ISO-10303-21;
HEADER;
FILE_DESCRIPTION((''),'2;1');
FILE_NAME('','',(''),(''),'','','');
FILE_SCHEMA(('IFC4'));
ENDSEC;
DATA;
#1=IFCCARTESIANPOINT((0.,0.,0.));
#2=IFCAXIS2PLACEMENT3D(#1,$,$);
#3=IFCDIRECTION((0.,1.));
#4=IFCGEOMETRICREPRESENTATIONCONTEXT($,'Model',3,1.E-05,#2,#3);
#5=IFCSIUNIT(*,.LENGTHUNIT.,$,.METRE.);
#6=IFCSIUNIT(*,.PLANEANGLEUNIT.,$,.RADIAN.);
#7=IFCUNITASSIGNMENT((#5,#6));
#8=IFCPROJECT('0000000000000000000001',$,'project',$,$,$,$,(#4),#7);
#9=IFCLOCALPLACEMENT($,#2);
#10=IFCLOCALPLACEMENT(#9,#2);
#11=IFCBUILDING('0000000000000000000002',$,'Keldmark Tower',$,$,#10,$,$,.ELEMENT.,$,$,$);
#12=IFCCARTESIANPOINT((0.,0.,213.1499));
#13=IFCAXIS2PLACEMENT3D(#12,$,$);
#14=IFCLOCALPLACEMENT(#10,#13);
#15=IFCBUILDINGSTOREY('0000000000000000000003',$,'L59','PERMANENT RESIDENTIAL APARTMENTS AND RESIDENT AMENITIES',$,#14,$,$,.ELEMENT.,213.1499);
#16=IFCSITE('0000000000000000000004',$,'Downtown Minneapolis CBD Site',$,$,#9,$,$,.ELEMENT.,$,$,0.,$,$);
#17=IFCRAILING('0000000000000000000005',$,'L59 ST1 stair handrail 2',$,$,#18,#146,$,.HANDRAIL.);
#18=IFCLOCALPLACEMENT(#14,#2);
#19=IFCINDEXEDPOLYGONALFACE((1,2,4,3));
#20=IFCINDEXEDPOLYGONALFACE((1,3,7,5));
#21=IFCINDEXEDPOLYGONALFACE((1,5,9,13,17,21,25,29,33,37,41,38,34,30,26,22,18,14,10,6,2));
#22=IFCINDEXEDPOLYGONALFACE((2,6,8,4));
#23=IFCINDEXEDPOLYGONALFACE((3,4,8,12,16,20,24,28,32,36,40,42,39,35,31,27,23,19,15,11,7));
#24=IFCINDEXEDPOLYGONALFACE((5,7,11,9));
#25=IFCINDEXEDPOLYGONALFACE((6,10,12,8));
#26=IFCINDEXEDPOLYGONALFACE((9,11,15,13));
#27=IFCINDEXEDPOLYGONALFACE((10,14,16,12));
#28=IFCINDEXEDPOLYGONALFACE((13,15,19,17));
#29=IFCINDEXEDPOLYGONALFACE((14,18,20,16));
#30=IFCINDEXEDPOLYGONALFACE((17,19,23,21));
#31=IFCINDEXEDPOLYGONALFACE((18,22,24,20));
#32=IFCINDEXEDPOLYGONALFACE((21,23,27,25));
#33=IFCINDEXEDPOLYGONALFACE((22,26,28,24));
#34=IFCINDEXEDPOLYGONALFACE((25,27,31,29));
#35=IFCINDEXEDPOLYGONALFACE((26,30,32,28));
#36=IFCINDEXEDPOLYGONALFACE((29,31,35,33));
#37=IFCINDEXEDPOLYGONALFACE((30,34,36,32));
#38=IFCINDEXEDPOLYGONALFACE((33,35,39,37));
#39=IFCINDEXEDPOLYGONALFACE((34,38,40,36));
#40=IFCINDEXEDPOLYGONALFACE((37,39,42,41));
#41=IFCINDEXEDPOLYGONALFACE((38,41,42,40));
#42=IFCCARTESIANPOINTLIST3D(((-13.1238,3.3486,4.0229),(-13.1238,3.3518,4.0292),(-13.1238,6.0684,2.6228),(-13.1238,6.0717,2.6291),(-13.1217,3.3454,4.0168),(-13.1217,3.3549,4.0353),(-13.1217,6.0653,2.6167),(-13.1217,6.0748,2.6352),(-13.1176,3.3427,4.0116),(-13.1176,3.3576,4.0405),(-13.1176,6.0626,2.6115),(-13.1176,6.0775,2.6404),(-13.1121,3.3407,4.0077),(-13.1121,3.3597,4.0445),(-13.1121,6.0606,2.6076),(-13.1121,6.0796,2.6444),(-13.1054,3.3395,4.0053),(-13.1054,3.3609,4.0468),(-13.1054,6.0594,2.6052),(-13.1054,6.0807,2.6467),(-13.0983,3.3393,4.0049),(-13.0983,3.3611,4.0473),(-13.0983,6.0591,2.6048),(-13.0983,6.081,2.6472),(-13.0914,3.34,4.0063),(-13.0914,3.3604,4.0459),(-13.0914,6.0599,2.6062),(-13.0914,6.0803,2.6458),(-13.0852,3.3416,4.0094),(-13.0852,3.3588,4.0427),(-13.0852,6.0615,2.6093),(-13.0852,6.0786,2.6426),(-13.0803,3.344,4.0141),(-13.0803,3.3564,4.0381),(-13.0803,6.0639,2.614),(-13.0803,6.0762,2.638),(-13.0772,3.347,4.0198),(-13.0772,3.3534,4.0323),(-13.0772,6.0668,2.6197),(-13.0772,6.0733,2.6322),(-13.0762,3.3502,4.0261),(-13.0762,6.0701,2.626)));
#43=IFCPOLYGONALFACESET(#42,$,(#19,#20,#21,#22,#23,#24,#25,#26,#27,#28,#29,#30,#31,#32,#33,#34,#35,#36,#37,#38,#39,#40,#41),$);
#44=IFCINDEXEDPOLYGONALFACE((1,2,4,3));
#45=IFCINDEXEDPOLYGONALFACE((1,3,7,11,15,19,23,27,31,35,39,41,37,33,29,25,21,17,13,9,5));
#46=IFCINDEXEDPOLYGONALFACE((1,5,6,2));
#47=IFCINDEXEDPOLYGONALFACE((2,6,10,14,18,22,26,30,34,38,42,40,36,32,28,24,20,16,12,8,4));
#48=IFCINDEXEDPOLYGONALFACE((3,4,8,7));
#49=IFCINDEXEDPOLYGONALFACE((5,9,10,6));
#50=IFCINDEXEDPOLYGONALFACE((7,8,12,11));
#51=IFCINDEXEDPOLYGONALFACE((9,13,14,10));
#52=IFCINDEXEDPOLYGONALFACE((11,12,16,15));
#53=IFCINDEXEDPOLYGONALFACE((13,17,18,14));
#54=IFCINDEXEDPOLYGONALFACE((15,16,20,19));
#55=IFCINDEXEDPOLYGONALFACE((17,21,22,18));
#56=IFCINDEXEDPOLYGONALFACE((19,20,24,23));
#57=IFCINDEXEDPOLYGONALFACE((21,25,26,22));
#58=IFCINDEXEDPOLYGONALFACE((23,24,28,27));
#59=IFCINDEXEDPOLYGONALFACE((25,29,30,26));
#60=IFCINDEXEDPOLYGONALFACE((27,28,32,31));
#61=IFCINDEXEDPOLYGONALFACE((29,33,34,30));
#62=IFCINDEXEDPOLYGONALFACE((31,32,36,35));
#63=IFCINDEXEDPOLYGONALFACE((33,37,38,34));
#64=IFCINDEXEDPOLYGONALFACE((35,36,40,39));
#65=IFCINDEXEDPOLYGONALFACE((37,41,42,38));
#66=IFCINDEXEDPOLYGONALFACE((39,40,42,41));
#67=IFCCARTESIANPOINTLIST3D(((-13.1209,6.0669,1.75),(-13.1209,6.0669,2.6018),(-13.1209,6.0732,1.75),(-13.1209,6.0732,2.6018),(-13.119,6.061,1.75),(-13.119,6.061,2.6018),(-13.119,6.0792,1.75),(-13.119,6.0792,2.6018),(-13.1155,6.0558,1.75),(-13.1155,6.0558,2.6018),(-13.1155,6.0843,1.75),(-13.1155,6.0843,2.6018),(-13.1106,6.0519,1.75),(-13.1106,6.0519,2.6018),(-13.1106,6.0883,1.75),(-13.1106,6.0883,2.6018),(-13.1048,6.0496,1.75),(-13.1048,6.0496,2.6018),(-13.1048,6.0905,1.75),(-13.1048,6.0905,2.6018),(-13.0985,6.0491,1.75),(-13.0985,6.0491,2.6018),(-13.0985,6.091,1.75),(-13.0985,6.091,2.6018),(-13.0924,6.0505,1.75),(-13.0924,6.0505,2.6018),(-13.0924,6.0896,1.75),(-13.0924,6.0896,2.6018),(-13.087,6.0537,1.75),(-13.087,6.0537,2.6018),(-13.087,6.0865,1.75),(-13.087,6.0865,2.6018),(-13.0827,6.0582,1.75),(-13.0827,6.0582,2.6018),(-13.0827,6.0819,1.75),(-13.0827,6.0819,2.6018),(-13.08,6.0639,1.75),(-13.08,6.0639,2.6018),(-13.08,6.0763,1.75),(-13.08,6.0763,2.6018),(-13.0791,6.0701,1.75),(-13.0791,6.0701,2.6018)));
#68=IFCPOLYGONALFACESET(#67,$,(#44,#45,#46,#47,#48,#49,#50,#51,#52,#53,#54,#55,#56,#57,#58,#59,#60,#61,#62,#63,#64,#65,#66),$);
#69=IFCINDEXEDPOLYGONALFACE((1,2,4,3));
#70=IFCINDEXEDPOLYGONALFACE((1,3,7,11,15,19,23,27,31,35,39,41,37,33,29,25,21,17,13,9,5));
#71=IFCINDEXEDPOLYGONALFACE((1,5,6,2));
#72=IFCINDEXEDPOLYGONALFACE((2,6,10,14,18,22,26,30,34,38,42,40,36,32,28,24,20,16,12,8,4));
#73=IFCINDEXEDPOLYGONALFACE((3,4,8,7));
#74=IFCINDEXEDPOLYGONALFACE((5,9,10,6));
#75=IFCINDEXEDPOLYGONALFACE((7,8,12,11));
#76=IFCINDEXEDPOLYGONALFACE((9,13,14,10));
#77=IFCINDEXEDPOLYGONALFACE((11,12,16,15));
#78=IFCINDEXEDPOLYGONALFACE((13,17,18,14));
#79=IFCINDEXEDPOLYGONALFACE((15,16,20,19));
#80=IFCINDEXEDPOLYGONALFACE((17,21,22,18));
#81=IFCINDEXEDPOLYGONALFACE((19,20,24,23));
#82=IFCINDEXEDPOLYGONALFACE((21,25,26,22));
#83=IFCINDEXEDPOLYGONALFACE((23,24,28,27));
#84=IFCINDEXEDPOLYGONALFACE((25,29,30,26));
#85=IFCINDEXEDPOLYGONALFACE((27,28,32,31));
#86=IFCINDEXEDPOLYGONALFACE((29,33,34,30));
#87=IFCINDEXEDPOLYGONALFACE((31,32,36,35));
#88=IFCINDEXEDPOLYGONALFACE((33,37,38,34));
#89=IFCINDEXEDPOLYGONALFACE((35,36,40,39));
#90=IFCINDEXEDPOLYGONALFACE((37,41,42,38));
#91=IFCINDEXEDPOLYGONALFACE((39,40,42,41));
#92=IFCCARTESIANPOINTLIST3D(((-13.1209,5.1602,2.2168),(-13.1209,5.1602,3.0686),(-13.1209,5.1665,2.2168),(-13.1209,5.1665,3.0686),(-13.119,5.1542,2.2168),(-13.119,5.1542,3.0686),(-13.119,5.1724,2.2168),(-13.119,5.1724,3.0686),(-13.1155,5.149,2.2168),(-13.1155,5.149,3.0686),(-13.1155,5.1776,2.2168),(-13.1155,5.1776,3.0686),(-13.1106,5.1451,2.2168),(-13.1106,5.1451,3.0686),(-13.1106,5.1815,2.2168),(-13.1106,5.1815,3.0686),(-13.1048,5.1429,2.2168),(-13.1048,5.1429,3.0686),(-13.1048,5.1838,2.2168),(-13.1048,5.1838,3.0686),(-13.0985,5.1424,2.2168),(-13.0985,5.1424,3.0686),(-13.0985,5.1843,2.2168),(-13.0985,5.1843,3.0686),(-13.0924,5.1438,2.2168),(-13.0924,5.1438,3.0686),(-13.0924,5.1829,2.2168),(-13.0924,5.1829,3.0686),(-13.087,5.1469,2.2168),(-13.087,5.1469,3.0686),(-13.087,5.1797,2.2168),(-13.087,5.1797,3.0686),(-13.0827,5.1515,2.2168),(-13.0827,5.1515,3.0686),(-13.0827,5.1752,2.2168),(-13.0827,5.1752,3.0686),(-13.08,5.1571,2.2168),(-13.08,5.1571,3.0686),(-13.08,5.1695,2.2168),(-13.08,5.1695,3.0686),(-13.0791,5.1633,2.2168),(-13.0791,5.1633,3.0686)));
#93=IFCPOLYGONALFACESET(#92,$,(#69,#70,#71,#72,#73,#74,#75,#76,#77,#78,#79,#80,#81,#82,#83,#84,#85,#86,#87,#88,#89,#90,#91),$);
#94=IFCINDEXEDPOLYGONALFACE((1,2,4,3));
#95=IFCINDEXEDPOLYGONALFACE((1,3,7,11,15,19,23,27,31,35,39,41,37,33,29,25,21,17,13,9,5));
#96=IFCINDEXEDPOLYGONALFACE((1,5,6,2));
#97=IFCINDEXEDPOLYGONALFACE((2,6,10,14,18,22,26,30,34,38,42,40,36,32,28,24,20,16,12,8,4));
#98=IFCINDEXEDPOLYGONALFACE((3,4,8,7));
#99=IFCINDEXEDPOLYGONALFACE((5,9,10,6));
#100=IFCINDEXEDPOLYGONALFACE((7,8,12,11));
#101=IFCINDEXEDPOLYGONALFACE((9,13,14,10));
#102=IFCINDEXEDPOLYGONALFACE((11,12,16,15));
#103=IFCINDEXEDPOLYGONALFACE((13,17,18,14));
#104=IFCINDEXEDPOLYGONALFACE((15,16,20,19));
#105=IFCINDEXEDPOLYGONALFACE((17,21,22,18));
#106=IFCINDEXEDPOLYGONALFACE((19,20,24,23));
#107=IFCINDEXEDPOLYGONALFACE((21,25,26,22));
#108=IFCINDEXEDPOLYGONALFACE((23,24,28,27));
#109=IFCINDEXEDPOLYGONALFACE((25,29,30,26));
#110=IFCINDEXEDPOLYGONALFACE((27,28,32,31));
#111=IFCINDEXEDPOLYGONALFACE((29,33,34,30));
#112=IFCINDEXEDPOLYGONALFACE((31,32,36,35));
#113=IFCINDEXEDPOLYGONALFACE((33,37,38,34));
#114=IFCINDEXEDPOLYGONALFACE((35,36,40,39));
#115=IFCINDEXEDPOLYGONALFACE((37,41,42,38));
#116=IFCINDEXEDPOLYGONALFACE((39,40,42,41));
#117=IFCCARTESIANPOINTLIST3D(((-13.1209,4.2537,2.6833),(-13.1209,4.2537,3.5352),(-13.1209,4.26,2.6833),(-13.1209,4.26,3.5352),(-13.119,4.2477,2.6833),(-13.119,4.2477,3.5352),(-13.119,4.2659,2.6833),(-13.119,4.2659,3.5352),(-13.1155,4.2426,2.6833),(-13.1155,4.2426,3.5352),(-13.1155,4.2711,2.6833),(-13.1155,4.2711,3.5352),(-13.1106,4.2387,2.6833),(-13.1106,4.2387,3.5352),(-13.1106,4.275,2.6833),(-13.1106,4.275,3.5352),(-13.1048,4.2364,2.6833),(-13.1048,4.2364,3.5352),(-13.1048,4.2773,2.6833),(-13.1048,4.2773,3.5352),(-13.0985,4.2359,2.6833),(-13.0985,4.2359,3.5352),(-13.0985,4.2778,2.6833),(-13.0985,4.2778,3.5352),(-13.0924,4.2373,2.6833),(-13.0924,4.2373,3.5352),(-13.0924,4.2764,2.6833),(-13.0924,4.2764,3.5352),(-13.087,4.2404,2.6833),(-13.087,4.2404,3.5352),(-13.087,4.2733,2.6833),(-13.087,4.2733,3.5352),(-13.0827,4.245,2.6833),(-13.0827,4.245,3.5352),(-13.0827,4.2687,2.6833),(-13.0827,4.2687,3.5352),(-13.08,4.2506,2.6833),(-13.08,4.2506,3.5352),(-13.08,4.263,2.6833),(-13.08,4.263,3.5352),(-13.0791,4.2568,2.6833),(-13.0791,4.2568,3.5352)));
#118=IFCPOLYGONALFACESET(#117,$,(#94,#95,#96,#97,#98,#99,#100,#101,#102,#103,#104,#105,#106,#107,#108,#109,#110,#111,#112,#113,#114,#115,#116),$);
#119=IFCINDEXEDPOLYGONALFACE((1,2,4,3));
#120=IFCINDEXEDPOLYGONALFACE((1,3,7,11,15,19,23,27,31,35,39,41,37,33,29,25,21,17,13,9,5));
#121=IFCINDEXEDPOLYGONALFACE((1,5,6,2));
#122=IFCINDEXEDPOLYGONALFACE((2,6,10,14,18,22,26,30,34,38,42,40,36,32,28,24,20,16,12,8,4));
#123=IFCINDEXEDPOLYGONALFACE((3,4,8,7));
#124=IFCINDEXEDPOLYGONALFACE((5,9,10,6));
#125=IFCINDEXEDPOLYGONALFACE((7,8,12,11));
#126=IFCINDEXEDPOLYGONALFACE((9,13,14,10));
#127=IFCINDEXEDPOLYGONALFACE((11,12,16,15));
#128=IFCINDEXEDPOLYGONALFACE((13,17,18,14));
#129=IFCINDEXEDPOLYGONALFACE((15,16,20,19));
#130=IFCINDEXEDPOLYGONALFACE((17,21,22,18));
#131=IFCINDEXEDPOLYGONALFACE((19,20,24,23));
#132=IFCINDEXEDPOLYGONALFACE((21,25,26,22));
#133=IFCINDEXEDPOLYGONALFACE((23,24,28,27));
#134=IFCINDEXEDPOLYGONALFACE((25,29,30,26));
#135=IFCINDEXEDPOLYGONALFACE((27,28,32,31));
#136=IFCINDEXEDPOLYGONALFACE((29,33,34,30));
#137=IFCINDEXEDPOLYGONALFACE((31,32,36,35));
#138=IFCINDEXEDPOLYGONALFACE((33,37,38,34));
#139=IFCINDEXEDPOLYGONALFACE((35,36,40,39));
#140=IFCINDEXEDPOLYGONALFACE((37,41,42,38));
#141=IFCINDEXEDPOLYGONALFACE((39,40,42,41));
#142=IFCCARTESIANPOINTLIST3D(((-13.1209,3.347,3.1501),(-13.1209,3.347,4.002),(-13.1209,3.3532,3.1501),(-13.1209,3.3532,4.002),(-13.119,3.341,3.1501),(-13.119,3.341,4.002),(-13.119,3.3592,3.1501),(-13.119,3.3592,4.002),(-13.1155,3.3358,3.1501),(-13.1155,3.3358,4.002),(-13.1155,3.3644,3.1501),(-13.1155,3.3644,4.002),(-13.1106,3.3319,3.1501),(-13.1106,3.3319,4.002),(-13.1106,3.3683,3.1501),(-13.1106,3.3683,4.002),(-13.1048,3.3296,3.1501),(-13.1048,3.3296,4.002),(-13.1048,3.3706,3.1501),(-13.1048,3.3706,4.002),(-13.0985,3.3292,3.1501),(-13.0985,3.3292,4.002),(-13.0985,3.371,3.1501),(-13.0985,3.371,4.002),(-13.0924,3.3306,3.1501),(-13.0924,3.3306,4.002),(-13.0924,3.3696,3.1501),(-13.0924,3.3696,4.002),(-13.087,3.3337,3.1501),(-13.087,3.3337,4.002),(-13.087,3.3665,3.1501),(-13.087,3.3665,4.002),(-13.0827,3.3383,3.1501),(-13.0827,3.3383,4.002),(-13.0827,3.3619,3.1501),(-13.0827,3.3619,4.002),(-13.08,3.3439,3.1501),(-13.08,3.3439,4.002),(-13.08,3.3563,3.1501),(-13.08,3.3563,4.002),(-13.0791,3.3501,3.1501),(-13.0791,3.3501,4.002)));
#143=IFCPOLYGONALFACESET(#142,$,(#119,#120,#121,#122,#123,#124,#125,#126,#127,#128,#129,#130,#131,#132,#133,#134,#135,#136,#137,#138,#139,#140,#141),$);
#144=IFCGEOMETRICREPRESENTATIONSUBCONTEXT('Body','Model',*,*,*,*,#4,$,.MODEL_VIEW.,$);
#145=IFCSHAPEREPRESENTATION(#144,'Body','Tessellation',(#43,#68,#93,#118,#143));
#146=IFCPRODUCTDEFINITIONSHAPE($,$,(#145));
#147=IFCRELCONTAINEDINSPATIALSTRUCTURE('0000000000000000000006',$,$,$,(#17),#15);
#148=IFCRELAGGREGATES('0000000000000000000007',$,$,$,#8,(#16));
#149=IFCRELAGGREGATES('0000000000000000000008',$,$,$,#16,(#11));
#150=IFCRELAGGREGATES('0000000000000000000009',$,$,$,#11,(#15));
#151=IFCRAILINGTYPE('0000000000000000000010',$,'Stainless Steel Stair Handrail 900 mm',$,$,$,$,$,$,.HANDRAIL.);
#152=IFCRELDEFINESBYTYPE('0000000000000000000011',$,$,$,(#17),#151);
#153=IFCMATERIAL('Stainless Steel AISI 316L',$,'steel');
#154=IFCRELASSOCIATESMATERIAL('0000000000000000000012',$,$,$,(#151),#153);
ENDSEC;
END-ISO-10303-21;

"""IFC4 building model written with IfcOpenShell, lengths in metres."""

from ifc_helpers import new_model, si_unit, direction, frame, origin, origin_2d, place, context, subcontext, project, spatial, circle, extrude, material, type_object, element, save


model = new_model("IFC4")

# Units and contexts
model_context = context("Model", 3, precision=1e-05, world=origin(), true_north=direction((0.0, 1.0)))
body_context = subcontext(model_context, "Body", "Model", "MODEL_VIEW")
ifc_project = project(units=[si_unit("LENGTHUNIT", "METRE"), si_unit("PLANEANGLEUNIT", "RADIAN")], contexts=[model_context])

# Site, building, storey
site_placement = place(None, origin())
site = spatial("IfcSite", under=ifc_project, at=site_placement, Name="Downtown Minneapolis CBD Site", CompositionType="ELEMENT", RefElevation=0.0)
building_placement = place(site_placement, origin())
building = spatial("IfcBuilding", under=site, at=building_placement, Name="Keldmark Tower", CompositionType="ELEMENT")
storey_placement = place(building_placement, frame((0.0, 0.0, 213.1499)))
storey = spatial("IfcBuildingStorey", under=building, at=storey_placement, Name="L59", Description="PERMANENT RESIDENTIAL APARTMENTS AND RESIDENT AMENITIES", CompositionType="ELEMENT", Elevation=213.1499)

# Railing
ifc_material_1 = material(Name="Stainless Steel AISI 316L", Category="steel")
railing_type_1 = type_object("IfcRailingType", Name="Stainless Steel Stair Handrail 900 mm", PredefinedType="HANDRAIL", material=ifc_material_1)
railing_1_placement = place(storey_placement, frame((-13.1001, 6.0701, 1.75)))
element("IfcRailing", 1, at=railing_1_placement, inside=storey, type_object=railing_type_1, Name="L59 ST1 stair handrail 2", PredefinedType="HANDRAIL", context=body_context, shape_type="SweptSolid", body=[
    extrude(circle(Radius=0.0239, at=origin_2d()), frame((0.0, 0.0, 0.876), z_axis=(0.0, -0.889114, 0.457685), x_axis=(1.0, 0.0, 0.0)), (0.0, 0.0, 1.0), 3.0591),
    extrude(circle(Radius=0.021, at=origin_2d()), origin(), (0.0, 0.0, 1.0), 0.8518),
    extrude(circle(Radius=0.021, at=origin_2d()), frame((0.0, -0.9067, 0.4668)), (0.0, 0.0, 1.0), 0.8518),
    extrude(circle(Radius=0.021, at=origin_2d()), frame((0.0, -1.8132, 0.9333)), (0.0, 0.0, 1.0), 0.8518),
    extrude(circle(Radius=0.021, at=origin_2d()), frame((0.0, -2.72, 1.4001)), (0.0, 0.0, 1.0), 0.8518),
])

save(model, "model.ifc")
